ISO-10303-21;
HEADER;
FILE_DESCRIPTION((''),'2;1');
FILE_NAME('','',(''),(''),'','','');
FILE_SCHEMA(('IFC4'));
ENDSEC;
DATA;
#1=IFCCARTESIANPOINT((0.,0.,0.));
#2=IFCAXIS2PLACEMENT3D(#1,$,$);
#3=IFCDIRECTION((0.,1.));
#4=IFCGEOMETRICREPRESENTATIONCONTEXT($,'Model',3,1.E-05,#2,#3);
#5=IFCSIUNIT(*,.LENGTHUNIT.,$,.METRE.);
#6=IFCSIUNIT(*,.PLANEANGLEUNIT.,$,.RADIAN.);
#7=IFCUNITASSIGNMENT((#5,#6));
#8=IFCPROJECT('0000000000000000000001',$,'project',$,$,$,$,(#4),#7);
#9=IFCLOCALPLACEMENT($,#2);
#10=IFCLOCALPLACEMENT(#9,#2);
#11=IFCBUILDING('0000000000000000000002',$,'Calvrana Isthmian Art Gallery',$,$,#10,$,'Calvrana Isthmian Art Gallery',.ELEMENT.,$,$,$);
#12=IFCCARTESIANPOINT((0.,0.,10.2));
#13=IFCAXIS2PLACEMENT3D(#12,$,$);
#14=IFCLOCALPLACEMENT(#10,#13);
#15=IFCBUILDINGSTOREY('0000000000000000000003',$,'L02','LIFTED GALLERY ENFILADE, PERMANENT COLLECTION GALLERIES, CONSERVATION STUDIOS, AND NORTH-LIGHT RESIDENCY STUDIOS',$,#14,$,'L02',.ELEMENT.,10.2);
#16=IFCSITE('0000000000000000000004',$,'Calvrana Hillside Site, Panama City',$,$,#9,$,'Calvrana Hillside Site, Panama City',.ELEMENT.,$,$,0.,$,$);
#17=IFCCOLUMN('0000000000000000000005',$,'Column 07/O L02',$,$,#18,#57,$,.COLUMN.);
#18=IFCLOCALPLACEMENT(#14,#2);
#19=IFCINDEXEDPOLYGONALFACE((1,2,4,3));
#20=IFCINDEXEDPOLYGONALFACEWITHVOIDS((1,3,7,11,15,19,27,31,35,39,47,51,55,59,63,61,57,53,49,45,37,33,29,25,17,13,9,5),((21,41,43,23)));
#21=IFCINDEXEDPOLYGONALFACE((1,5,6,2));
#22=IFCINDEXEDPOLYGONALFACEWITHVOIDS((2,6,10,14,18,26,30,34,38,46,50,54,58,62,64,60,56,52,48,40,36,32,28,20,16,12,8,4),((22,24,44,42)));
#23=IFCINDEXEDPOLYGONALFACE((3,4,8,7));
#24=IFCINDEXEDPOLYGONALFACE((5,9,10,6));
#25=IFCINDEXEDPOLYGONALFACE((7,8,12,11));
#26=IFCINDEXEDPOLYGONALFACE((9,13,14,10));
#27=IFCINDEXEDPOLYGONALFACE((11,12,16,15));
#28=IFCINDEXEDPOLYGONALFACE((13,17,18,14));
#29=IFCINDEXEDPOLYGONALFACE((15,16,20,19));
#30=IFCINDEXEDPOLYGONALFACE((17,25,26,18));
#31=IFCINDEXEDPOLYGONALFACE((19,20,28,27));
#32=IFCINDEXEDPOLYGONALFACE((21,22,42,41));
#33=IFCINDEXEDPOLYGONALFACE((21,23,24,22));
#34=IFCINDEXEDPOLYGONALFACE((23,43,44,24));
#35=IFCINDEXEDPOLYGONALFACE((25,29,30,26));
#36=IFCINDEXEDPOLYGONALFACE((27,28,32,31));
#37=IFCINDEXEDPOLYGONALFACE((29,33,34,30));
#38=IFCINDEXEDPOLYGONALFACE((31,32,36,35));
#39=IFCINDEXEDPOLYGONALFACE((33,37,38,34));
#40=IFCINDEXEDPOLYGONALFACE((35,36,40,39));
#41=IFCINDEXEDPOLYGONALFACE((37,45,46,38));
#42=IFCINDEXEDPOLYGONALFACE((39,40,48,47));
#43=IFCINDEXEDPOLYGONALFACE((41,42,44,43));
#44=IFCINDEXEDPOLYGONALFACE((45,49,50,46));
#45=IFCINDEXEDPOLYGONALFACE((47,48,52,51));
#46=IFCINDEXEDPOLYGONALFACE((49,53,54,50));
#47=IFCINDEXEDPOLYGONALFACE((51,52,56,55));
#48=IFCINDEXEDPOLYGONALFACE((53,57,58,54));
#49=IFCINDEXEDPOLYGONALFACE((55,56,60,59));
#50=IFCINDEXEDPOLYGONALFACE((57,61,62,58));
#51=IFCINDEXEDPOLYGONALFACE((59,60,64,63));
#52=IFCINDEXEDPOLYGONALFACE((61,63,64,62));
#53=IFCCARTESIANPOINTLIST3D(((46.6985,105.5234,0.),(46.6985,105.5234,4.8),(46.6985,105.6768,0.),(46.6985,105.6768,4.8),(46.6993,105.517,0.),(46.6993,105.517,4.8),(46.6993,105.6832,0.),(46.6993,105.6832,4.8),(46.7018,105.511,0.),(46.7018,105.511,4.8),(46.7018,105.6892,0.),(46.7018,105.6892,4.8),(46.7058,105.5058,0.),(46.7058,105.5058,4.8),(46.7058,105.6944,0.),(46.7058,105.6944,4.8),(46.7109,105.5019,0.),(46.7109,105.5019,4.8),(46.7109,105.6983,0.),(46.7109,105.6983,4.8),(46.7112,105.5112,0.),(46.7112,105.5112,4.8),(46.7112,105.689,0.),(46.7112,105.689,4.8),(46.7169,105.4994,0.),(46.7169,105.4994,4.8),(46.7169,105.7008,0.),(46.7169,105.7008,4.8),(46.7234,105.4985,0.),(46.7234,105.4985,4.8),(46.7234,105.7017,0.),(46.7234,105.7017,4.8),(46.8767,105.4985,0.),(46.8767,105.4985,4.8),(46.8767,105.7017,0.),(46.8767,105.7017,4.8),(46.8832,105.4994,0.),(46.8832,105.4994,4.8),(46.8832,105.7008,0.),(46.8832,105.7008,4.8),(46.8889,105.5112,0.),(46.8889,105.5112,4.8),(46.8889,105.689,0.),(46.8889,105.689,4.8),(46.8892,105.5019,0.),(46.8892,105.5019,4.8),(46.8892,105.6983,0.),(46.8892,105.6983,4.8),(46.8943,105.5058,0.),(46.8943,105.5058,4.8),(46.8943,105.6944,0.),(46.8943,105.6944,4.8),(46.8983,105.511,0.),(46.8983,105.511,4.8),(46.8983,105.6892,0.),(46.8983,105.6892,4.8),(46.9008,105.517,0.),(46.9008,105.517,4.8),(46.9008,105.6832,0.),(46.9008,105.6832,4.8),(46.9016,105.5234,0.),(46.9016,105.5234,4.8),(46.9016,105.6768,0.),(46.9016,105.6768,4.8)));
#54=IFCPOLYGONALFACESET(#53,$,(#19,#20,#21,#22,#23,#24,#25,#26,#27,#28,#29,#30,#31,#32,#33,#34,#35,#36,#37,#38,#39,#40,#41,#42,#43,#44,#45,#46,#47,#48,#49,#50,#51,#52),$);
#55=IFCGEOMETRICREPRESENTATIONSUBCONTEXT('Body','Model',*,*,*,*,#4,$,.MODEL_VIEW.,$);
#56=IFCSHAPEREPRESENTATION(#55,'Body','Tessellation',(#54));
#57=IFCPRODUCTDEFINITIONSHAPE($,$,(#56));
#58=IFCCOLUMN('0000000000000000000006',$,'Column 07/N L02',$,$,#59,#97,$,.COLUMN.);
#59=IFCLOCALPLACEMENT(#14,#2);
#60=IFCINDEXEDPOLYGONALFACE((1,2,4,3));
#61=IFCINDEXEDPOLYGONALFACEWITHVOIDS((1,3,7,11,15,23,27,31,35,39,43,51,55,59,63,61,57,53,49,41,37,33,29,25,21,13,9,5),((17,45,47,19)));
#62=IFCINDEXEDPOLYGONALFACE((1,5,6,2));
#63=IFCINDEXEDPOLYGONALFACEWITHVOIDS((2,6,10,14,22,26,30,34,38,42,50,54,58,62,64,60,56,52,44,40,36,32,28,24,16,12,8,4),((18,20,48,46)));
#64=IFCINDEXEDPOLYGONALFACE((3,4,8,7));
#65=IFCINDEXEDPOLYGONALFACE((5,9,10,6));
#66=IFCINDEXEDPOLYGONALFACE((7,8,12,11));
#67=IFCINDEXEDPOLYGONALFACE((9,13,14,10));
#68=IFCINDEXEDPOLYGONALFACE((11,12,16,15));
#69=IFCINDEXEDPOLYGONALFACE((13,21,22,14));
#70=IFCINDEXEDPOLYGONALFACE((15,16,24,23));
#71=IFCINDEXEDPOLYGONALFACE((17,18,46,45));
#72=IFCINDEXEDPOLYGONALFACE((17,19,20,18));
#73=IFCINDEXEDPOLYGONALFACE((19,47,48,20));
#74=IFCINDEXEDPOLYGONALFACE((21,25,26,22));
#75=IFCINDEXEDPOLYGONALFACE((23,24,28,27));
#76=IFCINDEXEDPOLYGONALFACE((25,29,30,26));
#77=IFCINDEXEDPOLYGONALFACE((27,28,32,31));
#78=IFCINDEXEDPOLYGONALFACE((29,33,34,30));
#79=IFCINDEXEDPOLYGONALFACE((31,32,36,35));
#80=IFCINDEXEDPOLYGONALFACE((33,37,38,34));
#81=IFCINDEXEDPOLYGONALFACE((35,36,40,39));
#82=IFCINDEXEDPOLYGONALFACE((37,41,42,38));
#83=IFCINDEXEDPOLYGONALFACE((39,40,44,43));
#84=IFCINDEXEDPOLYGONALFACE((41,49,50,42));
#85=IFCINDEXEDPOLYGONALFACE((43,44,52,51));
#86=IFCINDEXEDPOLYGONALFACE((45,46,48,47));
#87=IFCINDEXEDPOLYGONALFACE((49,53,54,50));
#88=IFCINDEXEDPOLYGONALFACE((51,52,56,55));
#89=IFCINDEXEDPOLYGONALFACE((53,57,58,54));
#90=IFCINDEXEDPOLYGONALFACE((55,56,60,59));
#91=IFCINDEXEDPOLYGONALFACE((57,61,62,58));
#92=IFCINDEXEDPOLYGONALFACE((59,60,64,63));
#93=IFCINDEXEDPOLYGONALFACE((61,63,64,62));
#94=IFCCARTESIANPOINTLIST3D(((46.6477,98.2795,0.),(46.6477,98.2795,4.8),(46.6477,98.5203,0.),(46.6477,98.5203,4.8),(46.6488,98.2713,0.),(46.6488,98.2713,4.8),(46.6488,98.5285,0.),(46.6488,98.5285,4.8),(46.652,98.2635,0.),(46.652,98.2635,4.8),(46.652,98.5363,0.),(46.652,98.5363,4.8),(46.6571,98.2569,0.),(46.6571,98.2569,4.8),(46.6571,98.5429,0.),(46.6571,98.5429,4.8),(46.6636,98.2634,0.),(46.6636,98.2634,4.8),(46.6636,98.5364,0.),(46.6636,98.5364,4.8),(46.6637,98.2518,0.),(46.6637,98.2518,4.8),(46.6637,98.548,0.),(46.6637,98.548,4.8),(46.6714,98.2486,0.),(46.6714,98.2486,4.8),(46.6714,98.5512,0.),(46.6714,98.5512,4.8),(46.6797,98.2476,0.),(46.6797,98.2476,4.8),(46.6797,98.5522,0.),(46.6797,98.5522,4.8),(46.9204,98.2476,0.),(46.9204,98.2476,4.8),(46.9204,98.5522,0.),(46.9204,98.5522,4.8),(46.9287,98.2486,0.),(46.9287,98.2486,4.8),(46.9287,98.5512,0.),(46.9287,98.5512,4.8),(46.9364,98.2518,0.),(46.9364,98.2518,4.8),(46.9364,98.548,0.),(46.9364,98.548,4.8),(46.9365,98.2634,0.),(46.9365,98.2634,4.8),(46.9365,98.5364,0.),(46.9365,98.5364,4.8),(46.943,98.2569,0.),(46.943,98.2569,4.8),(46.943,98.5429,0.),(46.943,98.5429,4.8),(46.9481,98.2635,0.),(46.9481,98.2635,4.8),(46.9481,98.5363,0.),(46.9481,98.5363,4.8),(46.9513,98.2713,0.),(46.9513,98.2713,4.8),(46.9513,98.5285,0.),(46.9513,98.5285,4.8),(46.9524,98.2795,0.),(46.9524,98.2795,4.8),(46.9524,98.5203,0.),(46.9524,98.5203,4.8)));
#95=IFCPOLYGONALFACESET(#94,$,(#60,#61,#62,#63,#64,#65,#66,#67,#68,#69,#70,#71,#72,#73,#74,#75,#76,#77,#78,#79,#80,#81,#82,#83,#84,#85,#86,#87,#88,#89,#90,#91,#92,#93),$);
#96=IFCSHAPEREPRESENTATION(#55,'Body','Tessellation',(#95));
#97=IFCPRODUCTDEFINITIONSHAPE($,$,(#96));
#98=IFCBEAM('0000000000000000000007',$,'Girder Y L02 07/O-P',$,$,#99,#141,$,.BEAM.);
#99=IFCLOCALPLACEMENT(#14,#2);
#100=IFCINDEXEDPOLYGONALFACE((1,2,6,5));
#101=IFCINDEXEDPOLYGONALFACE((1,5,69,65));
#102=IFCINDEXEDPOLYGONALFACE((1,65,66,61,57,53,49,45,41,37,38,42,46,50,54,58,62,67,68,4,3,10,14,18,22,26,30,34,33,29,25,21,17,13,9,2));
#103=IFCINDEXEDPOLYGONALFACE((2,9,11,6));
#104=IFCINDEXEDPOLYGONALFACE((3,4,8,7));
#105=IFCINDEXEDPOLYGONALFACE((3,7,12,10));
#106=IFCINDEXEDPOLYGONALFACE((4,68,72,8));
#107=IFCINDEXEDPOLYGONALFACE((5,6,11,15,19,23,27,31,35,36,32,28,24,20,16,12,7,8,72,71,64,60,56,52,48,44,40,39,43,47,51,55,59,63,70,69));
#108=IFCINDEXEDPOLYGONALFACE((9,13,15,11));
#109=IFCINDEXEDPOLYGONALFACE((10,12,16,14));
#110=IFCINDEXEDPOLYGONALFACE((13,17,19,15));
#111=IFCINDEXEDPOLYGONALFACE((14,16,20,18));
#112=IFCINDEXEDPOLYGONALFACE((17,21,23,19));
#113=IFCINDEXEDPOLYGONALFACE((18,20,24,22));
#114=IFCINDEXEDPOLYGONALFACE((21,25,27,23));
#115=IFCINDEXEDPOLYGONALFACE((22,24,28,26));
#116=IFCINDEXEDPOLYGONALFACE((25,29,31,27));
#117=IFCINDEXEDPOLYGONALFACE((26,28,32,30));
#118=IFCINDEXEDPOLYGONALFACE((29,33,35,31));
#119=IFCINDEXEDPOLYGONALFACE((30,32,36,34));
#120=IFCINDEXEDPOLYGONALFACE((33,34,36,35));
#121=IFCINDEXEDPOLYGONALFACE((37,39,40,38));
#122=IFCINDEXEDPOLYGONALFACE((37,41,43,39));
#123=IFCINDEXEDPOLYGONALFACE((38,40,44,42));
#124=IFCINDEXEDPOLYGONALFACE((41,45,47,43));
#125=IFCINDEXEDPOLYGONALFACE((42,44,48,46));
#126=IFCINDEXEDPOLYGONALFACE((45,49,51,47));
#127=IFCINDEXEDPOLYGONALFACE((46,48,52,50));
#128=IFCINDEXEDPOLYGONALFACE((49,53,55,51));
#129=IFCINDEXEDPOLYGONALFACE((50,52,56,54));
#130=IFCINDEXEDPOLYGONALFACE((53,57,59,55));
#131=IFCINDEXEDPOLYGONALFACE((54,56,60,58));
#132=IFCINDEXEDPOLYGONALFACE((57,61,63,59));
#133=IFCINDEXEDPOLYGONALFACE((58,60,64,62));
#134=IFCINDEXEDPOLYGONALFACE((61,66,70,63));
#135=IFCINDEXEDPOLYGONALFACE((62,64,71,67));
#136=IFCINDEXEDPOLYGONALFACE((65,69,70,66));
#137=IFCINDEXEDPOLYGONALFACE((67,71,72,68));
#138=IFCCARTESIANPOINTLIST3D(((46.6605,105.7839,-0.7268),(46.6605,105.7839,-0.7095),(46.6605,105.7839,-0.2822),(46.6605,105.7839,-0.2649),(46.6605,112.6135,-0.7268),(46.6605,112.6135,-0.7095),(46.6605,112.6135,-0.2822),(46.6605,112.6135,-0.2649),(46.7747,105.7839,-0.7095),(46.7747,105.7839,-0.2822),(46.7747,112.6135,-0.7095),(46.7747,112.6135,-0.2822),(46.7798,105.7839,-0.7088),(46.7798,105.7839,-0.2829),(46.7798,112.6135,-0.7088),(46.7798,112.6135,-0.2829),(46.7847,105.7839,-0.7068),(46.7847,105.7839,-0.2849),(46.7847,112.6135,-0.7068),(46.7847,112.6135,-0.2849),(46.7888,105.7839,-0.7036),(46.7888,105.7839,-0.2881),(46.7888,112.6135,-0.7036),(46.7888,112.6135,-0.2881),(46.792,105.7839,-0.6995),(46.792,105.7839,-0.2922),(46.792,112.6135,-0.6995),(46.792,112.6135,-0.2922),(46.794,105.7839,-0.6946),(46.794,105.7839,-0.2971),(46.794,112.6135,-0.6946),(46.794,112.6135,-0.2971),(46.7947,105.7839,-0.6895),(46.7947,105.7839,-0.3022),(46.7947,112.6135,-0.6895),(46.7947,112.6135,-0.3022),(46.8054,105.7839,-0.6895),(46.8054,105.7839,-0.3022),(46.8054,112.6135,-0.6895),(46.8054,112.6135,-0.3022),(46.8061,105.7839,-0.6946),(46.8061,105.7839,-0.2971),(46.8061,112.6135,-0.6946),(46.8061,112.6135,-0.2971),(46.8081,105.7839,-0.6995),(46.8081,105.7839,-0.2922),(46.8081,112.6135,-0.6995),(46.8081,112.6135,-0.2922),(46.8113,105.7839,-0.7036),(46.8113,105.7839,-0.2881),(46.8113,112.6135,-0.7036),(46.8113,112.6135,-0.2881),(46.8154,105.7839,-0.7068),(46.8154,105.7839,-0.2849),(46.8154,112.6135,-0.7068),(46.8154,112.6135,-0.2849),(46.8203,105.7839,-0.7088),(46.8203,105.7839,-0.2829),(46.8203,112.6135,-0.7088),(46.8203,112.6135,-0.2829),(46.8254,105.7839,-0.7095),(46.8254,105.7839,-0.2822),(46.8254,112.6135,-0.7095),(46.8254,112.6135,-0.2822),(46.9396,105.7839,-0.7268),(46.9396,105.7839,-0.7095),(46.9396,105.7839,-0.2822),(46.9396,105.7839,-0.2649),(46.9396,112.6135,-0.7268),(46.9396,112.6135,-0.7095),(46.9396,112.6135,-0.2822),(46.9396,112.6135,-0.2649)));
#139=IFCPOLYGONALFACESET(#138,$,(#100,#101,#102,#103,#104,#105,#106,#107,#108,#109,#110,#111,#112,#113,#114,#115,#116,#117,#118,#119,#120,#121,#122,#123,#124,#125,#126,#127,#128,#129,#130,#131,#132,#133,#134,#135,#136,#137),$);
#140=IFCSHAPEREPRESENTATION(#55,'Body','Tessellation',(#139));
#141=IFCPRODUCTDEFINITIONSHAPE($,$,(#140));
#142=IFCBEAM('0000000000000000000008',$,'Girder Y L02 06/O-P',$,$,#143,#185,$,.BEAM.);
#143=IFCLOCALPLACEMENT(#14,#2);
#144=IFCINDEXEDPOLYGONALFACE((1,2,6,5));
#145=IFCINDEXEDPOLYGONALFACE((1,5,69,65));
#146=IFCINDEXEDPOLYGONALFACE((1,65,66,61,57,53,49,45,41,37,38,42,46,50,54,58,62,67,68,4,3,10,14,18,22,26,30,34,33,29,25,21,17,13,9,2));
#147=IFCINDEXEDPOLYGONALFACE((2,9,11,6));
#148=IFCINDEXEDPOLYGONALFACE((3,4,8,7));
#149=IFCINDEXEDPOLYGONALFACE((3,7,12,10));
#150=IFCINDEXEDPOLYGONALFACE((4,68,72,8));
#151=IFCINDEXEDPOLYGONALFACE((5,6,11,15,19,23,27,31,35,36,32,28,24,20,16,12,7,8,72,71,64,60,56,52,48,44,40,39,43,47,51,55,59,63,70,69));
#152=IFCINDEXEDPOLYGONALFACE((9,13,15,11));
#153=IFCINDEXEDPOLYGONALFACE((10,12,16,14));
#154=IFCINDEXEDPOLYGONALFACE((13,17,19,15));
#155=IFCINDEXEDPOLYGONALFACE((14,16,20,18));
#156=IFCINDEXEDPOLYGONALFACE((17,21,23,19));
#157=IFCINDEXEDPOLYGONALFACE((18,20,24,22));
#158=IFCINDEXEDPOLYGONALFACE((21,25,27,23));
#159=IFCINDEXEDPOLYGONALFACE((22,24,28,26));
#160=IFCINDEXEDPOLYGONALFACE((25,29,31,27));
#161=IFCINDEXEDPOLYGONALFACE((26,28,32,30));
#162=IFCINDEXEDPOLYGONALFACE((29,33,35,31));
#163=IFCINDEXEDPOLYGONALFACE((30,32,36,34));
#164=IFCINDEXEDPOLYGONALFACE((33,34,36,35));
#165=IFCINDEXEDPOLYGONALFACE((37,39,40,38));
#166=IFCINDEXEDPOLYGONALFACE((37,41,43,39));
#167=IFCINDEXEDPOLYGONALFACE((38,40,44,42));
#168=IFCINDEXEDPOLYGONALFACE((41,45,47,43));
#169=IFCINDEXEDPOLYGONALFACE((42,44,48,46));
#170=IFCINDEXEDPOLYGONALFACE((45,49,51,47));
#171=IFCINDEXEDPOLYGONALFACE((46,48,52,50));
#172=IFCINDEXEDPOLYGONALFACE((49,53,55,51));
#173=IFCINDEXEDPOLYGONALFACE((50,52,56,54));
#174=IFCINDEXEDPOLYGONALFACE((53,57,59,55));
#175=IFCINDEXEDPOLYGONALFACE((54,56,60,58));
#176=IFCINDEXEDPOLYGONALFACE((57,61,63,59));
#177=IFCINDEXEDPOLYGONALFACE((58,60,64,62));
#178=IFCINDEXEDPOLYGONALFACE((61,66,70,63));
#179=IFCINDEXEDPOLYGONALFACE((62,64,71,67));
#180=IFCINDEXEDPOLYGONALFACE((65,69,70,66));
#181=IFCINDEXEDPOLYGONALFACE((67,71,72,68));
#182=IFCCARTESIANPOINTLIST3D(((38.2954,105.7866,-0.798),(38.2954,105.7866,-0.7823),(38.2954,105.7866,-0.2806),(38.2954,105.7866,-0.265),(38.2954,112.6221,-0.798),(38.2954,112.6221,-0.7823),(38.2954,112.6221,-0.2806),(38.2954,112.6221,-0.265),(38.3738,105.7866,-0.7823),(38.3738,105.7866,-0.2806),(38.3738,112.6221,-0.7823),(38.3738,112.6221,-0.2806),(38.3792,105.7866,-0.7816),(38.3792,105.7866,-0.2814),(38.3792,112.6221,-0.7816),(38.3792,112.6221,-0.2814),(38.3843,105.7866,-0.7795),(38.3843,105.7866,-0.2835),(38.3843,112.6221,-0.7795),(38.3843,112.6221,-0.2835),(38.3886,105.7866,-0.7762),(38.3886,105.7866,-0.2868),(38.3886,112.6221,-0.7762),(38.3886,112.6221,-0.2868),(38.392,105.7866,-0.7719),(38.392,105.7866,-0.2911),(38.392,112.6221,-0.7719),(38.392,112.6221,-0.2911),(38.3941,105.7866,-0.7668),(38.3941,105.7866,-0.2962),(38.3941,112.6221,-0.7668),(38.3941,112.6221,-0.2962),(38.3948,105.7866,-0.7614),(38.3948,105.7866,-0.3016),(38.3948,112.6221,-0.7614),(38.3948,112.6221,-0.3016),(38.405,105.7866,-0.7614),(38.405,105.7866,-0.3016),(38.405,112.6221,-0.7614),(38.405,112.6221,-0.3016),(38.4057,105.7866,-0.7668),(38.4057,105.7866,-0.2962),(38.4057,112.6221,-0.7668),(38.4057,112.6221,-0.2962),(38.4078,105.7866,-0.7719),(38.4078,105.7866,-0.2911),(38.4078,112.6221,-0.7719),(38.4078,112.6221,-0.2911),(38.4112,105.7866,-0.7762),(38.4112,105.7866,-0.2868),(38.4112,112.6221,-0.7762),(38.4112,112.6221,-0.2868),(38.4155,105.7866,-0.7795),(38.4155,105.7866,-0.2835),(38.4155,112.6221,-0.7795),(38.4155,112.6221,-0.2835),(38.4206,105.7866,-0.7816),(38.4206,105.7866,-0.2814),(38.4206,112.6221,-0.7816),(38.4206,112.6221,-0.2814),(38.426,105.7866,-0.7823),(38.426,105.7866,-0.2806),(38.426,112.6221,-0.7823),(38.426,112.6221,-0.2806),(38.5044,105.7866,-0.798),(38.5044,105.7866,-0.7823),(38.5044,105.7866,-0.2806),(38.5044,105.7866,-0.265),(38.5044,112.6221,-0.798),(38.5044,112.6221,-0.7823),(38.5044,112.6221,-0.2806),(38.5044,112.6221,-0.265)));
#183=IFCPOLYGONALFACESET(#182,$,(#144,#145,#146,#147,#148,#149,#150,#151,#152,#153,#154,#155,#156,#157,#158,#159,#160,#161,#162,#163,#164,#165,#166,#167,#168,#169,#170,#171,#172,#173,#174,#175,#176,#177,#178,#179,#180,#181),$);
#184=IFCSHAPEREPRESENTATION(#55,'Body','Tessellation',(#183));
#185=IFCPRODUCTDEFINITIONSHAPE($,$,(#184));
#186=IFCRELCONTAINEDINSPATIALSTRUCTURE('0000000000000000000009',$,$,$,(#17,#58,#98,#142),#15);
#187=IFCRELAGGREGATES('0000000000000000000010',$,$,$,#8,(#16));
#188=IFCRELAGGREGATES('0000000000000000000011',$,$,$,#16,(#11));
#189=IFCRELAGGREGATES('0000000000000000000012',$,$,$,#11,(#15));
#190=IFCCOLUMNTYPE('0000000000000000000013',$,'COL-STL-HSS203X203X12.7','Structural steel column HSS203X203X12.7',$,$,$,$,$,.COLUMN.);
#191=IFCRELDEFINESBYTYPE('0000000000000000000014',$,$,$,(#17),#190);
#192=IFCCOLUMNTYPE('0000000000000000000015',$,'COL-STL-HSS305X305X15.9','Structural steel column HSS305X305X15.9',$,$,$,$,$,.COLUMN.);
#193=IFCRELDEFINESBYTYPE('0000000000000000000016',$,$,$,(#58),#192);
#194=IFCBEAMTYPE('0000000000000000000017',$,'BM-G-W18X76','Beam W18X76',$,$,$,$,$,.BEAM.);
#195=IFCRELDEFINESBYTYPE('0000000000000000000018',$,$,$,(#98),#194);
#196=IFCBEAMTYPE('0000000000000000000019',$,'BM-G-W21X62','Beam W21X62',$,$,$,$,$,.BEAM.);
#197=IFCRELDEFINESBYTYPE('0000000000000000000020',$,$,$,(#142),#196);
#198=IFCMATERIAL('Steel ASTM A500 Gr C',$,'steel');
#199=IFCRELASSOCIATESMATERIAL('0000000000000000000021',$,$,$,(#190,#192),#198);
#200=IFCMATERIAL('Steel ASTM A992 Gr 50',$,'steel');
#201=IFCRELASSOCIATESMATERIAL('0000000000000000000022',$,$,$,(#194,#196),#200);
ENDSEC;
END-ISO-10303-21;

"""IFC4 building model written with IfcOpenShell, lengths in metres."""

from ifc_helpers import new_model, si_unit, direction, frame, origin, origin_2d, place, context, subcontext, project, spatial, hollow_rectangle, i_section, extrude, material, material_profile, profile_set, type_object, element, save


model = new_model("IFC4")

# Units and contexts
model_context = context("Model", 3, precision=1e-05, world=origin(), true_north=direction((0.0, 1.0)))
body_context = subcontext(model_context, "Body", "Model", "MODEL_VIEW")
ifc_project = project(units=[si_unit("LENGTHUNIT", "METRE"), si_unit("PLANEANGLEUNIT", "RADIAN")], contexts=[model_context])

# Site, building, storey
site_placement = place(None, origin())
site = spatial("IfcSite", under=ifc_project, at=site_placement, Name="Calvrana Hillside Site, Panama City", LongName="Calvrana Hillside Site, Panama City", CompositionType="ELEMENT", RefElevation=0.0)
building_placement = place(site_placement, origin())
building = spatial("IfcBuilding", under=site, at=building_placement, Name="Calvrana Isthmian Art Gallery", LongName="Calvrana Isthmian Art Gallery", CompositionType="ELEMENT")
storey_placement = place(building_placement, frame((0.0, 0.0, 10.2)))
storey = spatial("IfcBuildingStorey", under=building, at=storey_placement, Name="L02", Description="LIFTED GALLERY ENFILADE, PERMANENT COLLECTION GALLERIES, CONSERVATION STUDIOS, AND NORTH-LIGHT RESIDENCY STUDIOS", LongName="L02", CompositionType="ELEMENT", Elevation=10.2)

# Columns
ifc_material_1 = material(Name="Steel ASTM A500 Gr C", Category="steel")
ifc_material_profile_1 = material_profile(ifc_material_1, hollow_rectangle(XDim=0.2031, YDim=0.2031, WallThickness=0.0127, OuterFilletRadius=0.0249, at=origin_2d()), Name="HSS203X203X12.7")
ifc_profile_set_1 = profile_set([ifc_material_profile_1], Name="Steel ASTM A500 Gr C")
column_type_1 = type_object("IfcColumnType", Name="COL-STL-HSS203X203X12.7", Description="Structural steel column HSS203X203X12.7", PredefinedType="COLUMN", material=ifc_profile_set_1)
column_1_placement = place(storey_placement, frame((46.8, 105.6001, 0.0), z_axis=(0.0, 0.0, 1.0), x_axis=(1.0, 0.0, 0.0)))
element("IfcColumn", 1, at=column_1_placement, inside=storey, type_object=column_type_1, Name="Column 07/O L02", PredefinedType="COLUMN", context=body_context, shape_type="SweptSolid", body=[
    extrude(hollow_rectangle(XDim=0.2031, YDim=0.2031, WallThickness=0.0127, OuterFilletRadius=0.0249, at=origin_2d()), origin(), (0.0, 0.0, 1.0), 4.8),
])
ifc_material_profile_2 = material_profile(ifc_material_1, hollow_rectangle(XDim=0.3047, YDim=0.3047, WallThickness=0.0159, OuterFilletRadius=0.032, at=origin_2d()), Name="HSS305X305X15.9")
ifc_profile_set_2 = profile_set([ifc_material_profile_2], Name="Steel ASTM A500 Gr C")
column_type_2 = type_object("IfcColumnType", Name="COL-STL-HSS305X305X15.9", Description="Structural steel column HSS305X305X15.9", PredefinedType="COLUMN", material=ifc_profile_set_2)
column_2_placement = place(storey_placement, frame((46.8, 98.3999, 0.0), z_axis=(0.0, 0.0, 1.0), x_axis=(1.0, 0.0, 0.0)))
element("IfcColumn", 2, at=column_2_placement, inside=storey, type_object=column_type_2, Name="Column 07/N L02", PredefinedType="COLUMN", context=body_context, shape_type="SweptSolid", body=[
    extrude(hollow_rectangle(XDim=0.3047, YDim=0.3047, WallThickness=0.0159, OuterFilletRadius=0.032, at=origin_2d()), origin(), (0.0, 0.0, 1.0), 4.8),
])

# Beams
ifc_material_2 = material(Name="Steel ASTM A992 Gr 50", Category="steel")
ifc_material_profile_3 = material_profile(ifc_material_2, i_section(OverallWidth=0.2791, OverallDepth=0.4619, WebThickness=0.0107, FlangeThickness=0.0173, FilletRadius=0.02, at=origin_2d()), Name="W18X76")
ifc_profile_set_3 = profile_set([ifc_material_profile_3], Name="Steel ASTM A992 Gr 50")
beam_type_1 = type_object("IfcBeamType", Name="BM-G-W18X76", Description="Beam W18X76", PredefinedType="BEAM", material=ifc_profile_set_3)
beam_1_placement = place(storey_placement, frame((46.8, 105.7839, -0.4958), z_axis=(0.0, 1.0, 0.0), x_axis=(-1.0, 0.0, 0.0)))
element("IfcBeam", 3, at=beam_1_placement, inside=storey, type_object=beam_type_1, Name="Girder Y L02 07/O-P", PredefinedType="BEAM", context=body_context, shape_type="SweptSolid", body=[
    extrude(i_section(OverallWidth=0.2791, OverallDepth=0.4619, WebThickness=0.0107, FlangeThickness=0.0173, FilletRadius=0.02, at=origin_2d()), origin(), (0.0, 0.0, 1.0), 6.8296),
])
ifc_material_profile_4 = material_profile(ifc_material_2, i_section(OverallWidth=0.209, OverallDepth=0.533, WebThickness=0.0103, FlangeThickness=0.0156, FilletRadius=0.021, at=origin_2d()), Name="W21X62")
ifc_profile_set_4 = profile_set([ifc_material_profile_4], Name="Steel ASTM A992 Gr 50")
beam_type_2 = type_object("IfcBeamType", Name="BM-G-W21X62", Description="Beam W21X62", PredefinedType="BEAM", material=ifc_profile_set_4)
beam_2_placement = place(storey_placement, frame((38.3999, 105.7866, -0.5315), z_axis=(0.0, 1.0, 0.0), x_axis=(-1.0, 0.0, 0.0)))
element("IfcBeam", 4, at=beam_2_placement, inside=storey, type_object=beam_type_2, Name="Girder Y L02 06/O-P", PredefinedType="BEAM", context=body_context, shape_type="SweptSolid", body=[
    extrude(i_section(OverallWidth=0.209, OverallDepth=0.533, WebThickness=0.0103, FlangeThickness=0.0156, FilletRadius=0.021, at=origin_2d()), origin(), (0.0, 0.0, 1.0), 6.8354),
])

save(model, "model.ifc")
